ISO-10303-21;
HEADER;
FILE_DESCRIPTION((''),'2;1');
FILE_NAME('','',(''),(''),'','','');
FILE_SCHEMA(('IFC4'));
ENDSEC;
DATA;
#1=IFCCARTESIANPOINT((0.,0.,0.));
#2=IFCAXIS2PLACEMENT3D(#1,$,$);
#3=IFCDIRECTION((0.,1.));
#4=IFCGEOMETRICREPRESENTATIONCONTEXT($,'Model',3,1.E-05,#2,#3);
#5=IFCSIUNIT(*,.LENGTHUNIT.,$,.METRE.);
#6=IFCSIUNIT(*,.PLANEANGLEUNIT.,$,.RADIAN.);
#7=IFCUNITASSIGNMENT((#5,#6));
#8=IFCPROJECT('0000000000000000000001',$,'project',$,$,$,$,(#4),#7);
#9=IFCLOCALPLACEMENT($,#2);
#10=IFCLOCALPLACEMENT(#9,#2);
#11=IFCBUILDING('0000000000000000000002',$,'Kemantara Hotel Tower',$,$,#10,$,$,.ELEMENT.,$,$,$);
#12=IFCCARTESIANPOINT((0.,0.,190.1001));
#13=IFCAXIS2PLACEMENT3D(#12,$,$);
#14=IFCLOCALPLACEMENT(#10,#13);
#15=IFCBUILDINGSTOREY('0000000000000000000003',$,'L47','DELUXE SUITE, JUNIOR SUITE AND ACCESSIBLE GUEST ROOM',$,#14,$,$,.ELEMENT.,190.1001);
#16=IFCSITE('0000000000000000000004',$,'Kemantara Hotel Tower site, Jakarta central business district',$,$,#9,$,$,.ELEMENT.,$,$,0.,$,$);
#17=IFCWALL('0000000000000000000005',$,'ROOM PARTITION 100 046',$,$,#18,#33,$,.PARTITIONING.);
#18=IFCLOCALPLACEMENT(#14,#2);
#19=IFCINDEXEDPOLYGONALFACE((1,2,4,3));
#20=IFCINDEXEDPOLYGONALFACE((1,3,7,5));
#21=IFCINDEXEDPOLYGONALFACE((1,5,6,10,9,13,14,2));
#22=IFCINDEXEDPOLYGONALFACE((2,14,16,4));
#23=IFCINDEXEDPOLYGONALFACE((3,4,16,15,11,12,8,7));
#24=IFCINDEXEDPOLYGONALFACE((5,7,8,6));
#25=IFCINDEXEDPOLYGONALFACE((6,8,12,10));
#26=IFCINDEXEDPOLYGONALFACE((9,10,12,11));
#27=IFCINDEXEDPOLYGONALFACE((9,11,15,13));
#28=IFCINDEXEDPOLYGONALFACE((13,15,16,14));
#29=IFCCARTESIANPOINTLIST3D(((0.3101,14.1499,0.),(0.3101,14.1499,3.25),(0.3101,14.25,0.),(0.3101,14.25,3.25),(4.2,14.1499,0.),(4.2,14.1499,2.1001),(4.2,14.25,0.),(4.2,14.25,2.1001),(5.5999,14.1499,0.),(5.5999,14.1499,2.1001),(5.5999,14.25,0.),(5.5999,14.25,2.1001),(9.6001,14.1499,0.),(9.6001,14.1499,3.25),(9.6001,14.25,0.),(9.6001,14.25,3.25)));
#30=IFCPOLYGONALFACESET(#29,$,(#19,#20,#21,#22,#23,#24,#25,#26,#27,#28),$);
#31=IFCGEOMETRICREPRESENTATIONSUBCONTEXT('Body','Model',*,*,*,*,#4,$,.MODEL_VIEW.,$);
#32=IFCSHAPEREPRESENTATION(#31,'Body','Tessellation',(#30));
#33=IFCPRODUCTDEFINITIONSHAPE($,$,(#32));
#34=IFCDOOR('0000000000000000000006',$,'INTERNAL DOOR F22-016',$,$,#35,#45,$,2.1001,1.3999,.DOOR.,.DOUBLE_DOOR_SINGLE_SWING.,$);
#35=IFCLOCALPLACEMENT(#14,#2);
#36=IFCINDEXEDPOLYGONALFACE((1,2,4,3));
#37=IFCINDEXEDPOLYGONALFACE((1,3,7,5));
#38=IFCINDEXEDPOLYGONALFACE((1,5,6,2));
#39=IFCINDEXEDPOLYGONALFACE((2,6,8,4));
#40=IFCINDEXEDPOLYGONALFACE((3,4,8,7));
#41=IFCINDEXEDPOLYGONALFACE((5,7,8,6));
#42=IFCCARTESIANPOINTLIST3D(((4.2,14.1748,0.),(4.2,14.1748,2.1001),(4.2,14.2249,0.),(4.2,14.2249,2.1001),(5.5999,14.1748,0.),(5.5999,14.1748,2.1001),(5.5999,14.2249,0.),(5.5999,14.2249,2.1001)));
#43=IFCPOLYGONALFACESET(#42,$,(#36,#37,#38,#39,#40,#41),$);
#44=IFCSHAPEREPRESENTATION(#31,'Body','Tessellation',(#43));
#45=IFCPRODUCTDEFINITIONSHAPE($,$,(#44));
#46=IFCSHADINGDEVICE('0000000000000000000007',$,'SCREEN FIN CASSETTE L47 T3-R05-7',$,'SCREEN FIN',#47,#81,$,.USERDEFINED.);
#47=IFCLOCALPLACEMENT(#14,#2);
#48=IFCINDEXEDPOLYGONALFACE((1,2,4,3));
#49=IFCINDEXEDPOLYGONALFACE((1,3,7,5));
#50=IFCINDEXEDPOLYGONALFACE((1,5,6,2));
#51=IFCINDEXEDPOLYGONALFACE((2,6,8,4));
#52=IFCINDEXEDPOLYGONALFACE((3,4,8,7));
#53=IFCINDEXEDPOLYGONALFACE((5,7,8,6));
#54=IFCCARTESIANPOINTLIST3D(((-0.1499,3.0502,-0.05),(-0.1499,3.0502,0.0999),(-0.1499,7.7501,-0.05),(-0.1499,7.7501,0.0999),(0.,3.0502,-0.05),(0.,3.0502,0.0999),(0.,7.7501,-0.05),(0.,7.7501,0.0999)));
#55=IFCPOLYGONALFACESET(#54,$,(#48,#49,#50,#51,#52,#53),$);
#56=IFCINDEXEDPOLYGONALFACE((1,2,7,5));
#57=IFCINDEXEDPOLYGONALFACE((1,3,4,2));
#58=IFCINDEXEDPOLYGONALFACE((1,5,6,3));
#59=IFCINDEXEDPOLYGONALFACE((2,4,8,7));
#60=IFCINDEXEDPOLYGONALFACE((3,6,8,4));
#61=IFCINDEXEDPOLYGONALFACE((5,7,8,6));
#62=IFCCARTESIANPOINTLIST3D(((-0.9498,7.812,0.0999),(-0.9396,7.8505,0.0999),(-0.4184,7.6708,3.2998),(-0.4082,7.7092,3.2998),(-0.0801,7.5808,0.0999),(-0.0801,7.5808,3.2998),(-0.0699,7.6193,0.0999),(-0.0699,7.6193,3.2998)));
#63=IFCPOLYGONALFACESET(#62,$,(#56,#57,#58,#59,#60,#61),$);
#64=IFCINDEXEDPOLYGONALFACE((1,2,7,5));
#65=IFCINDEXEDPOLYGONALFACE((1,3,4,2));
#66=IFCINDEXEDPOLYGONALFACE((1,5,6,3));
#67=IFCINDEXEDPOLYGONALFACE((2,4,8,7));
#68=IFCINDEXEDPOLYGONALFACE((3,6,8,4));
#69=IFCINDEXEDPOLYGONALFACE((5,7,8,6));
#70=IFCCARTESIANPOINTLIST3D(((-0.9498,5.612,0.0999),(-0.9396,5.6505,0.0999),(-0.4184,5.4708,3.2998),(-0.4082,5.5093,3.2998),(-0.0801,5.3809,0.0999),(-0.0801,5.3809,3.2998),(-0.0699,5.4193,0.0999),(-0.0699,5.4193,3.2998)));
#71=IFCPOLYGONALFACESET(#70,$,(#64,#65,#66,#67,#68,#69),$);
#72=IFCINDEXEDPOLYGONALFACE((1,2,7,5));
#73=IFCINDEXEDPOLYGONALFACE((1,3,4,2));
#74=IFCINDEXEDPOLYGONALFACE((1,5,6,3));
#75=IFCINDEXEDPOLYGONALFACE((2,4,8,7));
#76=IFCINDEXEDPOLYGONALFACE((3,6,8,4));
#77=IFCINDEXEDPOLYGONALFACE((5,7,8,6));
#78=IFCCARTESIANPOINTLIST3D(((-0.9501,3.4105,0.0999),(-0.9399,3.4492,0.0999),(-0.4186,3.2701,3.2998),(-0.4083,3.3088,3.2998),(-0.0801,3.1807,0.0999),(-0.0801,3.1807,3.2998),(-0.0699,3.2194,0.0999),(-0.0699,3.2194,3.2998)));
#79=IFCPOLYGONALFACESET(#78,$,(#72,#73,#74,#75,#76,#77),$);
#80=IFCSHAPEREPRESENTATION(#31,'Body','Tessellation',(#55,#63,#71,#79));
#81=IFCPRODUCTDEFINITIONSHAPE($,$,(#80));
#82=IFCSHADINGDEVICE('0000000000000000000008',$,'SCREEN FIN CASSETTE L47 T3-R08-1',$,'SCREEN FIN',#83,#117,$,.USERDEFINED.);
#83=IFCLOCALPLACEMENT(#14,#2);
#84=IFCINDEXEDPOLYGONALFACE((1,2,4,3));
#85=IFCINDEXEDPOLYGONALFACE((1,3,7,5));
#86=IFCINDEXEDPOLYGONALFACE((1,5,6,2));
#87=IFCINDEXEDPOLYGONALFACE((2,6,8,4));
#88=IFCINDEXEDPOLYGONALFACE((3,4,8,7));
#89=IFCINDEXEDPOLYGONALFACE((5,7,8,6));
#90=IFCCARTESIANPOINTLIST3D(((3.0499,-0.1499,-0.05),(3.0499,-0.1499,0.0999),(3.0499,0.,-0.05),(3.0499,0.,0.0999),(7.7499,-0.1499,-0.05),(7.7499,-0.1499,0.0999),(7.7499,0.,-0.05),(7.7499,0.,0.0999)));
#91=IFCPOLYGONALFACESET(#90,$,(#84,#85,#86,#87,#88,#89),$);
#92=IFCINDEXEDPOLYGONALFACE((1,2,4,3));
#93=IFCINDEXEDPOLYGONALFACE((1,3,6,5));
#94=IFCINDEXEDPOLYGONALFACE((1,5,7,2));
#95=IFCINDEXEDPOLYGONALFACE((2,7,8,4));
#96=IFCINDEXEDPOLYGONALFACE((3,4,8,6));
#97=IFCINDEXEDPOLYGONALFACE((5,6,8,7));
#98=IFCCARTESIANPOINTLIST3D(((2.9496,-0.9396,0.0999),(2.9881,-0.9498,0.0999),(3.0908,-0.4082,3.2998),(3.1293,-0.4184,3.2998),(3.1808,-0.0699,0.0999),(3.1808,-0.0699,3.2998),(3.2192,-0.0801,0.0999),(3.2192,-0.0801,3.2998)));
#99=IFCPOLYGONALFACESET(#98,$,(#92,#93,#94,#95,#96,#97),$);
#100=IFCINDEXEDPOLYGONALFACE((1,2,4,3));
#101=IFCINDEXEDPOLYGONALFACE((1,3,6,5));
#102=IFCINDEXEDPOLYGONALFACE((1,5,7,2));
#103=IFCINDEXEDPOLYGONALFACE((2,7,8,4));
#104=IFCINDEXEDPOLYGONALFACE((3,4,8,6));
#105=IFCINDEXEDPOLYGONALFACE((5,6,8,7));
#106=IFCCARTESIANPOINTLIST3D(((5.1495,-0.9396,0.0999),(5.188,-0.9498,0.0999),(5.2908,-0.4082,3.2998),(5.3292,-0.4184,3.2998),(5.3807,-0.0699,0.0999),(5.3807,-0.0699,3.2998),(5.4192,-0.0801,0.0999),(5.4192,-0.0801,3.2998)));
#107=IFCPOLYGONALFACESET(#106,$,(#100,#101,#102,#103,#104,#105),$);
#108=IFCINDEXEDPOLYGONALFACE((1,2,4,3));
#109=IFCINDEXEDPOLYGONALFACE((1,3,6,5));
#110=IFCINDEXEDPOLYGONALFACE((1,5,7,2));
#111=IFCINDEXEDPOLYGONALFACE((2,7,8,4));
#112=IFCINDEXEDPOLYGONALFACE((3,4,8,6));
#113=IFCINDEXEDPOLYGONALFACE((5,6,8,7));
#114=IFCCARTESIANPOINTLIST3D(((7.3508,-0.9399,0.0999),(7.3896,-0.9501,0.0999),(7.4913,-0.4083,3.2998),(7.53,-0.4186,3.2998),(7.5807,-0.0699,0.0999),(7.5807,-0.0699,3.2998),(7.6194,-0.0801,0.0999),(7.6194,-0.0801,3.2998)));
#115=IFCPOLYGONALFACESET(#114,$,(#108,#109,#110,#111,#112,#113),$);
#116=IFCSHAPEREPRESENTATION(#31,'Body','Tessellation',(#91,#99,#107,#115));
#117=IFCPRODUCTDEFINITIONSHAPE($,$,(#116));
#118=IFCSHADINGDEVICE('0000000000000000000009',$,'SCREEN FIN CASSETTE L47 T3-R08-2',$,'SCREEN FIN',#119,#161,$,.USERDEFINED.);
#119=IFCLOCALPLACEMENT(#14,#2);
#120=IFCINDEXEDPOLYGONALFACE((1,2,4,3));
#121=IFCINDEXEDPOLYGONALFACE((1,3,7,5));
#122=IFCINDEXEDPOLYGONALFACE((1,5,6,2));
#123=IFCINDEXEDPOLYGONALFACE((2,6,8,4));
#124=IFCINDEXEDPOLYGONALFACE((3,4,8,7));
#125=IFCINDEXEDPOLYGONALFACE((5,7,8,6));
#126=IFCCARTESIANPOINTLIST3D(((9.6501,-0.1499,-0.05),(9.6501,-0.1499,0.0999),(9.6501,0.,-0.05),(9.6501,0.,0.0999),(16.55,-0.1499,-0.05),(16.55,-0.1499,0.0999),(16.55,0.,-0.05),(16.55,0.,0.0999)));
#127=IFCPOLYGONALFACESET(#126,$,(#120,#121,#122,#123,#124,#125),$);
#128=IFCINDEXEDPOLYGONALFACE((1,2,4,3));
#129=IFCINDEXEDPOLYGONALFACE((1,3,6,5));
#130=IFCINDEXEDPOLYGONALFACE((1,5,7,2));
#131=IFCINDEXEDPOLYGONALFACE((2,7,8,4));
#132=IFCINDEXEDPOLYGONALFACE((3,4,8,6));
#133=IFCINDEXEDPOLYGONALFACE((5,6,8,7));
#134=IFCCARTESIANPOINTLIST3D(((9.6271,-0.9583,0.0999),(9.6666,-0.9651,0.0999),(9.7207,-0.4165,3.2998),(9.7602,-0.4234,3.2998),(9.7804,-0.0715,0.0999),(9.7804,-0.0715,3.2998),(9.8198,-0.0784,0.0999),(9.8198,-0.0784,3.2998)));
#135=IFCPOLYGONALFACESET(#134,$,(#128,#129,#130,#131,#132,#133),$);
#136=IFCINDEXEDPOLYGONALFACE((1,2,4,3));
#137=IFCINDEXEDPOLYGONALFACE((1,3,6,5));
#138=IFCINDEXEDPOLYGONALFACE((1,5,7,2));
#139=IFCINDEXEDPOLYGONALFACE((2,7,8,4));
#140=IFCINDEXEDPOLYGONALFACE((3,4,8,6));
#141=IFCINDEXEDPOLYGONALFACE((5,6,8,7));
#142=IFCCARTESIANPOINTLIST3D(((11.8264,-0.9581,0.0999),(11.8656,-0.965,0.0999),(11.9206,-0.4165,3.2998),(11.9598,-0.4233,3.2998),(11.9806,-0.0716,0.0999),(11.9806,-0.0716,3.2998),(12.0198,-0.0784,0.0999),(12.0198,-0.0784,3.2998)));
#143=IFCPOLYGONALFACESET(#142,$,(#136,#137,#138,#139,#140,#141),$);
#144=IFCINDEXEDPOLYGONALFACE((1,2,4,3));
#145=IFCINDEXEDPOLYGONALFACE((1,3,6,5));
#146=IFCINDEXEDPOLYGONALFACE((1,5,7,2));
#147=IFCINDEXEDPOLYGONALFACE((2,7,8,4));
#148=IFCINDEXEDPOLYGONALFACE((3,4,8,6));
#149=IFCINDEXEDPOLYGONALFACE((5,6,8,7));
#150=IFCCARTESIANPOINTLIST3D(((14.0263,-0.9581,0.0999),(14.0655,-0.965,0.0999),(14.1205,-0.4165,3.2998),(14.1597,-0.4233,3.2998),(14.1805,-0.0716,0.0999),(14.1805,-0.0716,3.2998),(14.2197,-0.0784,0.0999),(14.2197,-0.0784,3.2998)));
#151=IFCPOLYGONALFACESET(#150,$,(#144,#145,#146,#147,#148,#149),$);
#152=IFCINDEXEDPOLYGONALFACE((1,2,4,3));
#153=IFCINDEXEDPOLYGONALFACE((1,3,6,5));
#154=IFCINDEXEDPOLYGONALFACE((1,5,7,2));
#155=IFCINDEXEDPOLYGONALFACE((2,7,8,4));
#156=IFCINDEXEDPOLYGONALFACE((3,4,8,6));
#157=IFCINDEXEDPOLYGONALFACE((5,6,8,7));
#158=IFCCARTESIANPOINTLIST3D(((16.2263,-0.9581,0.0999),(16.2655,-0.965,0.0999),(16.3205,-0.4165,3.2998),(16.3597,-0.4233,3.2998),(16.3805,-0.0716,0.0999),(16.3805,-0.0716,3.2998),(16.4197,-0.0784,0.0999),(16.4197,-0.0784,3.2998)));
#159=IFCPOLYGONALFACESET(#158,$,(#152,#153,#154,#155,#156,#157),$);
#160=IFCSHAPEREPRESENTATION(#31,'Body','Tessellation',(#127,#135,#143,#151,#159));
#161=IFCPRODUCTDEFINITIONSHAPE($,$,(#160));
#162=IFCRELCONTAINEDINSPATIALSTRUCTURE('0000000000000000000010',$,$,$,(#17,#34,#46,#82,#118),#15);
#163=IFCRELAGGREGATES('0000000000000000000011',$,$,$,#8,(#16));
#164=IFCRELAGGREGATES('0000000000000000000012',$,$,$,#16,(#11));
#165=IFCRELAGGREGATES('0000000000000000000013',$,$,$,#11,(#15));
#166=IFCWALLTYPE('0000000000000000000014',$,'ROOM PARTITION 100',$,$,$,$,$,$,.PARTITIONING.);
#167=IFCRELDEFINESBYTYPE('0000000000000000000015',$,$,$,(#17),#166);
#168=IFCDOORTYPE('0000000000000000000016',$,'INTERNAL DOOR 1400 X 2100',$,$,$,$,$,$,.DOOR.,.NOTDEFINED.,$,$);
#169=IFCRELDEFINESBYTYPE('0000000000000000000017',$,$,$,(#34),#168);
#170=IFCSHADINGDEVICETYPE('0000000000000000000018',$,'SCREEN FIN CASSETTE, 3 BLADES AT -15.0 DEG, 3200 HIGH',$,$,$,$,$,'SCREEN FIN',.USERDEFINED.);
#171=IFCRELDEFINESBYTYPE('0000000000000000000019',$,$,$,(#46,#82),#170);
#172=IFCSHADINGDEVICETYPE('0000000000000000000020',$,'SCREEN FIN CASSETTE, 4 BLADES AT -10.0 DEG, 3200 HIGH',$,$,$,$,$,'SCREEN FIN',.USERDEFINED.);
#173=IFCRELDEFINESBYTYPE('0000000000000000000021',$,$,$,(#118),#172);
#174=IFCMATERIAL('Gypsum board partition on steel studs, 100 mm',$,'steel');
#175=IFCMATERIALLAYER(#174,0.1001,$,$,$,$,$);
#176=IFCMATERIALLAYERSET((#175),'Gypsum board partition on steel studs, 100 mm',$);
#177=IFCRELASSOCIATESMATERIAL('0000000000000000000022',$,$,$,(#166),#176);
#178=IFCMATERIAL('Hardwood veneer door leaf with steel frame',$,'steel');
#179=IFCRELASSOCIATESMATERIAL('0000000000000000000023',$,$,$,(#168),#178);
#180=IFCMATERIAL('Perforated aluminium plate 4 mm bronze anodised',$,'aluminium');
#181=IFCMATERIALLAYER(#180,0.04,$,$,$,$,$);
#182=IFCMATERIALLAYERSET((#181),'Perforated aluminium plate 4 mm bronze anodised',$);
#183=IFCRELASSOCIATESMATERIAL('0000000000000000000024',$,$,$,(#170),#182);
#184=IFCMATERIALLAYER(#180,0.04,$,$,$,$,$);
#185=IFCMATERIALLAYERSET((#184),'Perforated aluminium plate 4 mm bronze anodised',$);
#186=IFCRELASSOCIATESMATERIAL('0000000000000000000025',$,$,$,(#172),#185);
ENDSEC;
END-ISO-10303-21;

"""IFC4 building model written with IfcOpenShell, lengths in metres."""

from ifc_helpers import new_model, si_unit, direction, frame, frame_2d, origin, origin_2d, place, context, subcontext, project, spatial, polyline, rectangle, outline, extrude, source, transform, mapped, material, layer, layer_set, type_object, element, fill, save


model = new_model("IFC4")

# Units and contexts
model_context = context("Model", 3, precision=1e-05, world=origin(), true_north=direction((0.0, 1.0)))
body_context = subcontext(model_context, "Body", "Model", "MODEL_VIEW")
ifc_project = project(units=[si_unit("LENGTHUNIT", "METRE"), si_unit("PLANEANGLEUNIT", "RADIAN")], contexts=[model_context])

# Site, building, storey
site_placement = place(None, origin())
site = spatial("IfcSite", under=ifc_project, at=site_placement, Name="Kemantara Hotel Tower site, Jakarta central business district", CompositionType="ELEMENT", RefElevation=0.0)
building_placement = place(site_placement, origin())
building = spatial("IfcBuilding", under=site, at=building_placement, Name="Kemantara Hotel Tower", CompositionType="ELEMENT")
storey_placement = place(building_placement, frame((0.0, 0.0, 190.1001)))
storey = spatial("IfcBuildingStorey", under=building, at=storey_placement, Name="L47", Description="DELUXE SUITE, JUNIOR SUITE AND ACCESSIBLE GUEST ROOM", CompositionType="ELEMENT", Elevation=190.1001)

# Wall, opening, door
ifc_material_1 = material(Name="Hardwood veneer door leaf with steel frame", Category="steel")
ifc_material_2 = material(Name="Gypsum board partition on steel studs, 100 mm", Category="steel")
ifc_layer_1 = layer(ifc_material_2, 0.1001)
ifc_layer_set_1 = layer_set([ifc_layer_1], Name="Gypsum board partition on steel studs, 100 mm")
wall_type_1 = type_object("IfcWallType", Name="ROOM PARTITION 100", PredefinedType="PARTITIONING", material=ifc_layer_set_1)
wall_1_placement = place(storey_placement, frame((0.3101, 14.2, 0.0), z_axis=(0.0, 0.0, 1.0), x_axis=(1.0, 0.0, 0.0)))
wall_1 = element("IfcWall", 1, at=wall_1_placement, inside=storey, type_object=wall_type_1, Name="ROOM PARTITION 100 046", PredefinedType="PARTITIONING", context=body_context, shape_type="SweptSolid", body=[
    extrude(rectangle(XDim=9.29, YDim=0.1001, at=frame_2d((4.645, 0.0))), origin(), (0.0, 0.0, 1.0), 3.25),
])
opening_1_placement = place(wall_1_placement, frame((3.8899, 0.0, 0.0)))
opening_1 = element("IfcOpeningElement", 2, at=opening_1_placement, cuts=wall_1, PredefinedType="OPENING", context=body_context, shape_type="SweptSolid", body=[
    extrude(rectangle(XDim=1.3999, YDim=2.1001, at=frame_2d((0.7, 1.05))), frame((0.0, 0.0601, 0.0), z_axis=(0.0, -1.0, 0.0), x_axis=(1.0, 0.0, 0.0)), (0.0, 0.0, 1.0), 0.1201),
])
door_type_1 = type_object("IfcDoorType", Name="INTERNAL DOOR 1400 X 2100", OperationType="NOTDEFINED", PredefinedType="DOOR", material=ifc_material_1)
door_1_placement = place(opening_1_placement, origin())
door_1 = element("IfcDoor", 3, at=door_1_placement, inside=storey, type_object=door_type_1, Name="INTERNAL DOOR F22-016", OperationType="DOUBLE_DOOR_SINGLE_SWING", OverallHeight=2.1001, OverallWidth=1.3999, PredefinedType="DOOR", context=body_context, shape_type="SweptSolid", body=[
    extrude(rectangle(XDim=1.3999, YDim=2.1001, at=frame_2d((0.7, 1.05))), frame((0.0, 0.0249, 0.0), z_axis=(0.0, -1.0, 0.0), x_axis=(1.0, 0.0, 0.0)), (0.0, 0.0, 1.0), 0.05),
])
fill(opening_1, door_1)

# Shading devices
ifc_material_3 = material(Name="Perforated aluminium plate 4 mm bronze anodised", Category="aluminium")
ifc_layer_2 = layer(ifc_material_3, 0.04)
ifc_layer_set_2 = layer_set([ifc_layer_2], Name="Perforated aluminium plate 4 mm bronze anodised")
shading_device_type_1 = type_object("IfcShadingDeviceType", Name="SCREEN FIN CASSETTE, 3 BLADES AT -15.0 DEG, 3200 HIGH", ElementType="SCREEN FIN", PredefinedType="USERDEFINED", material=ifc_layer_set_2)
shared_shape_1 = source(origin(), body_context, "Body", "SweptSolid", [
    extrude(rectangle(XDim=4.7, YDim=0.1499, at=origin_2d()), frame((2.2, -0.075, -0.1499), z_axis=(0.0, 0.0, 1.0), x_axis=(1.0, 0.0, 0.0)), (0.0, 0.0, 1.0), 0.1499),
    extrude(outline(polyline([(0.0, 0.0), (0.8999, 0.0), (0.3501, 3.2), (0.0, 3.2), (0.0, 0.0)])), frame((0.0193, -0.0801, 0.0), z_axis=(-0.966438, 0.256901, 0.0), x_axis=(-0.256901, -0.966438, 0.0)), (0.0, 0.0, 1.0), 0.0398),
    extrude(outline(polyline([(0.0, 0.0), (0.8999, 0.0), (0.3501, 3.2), (0.0, 3.2), (0.0, 0.0)])), frame((2.2192, -0.0801, 0.0), z_axis=(-0.966438, 0.256901, 0.0), x_axis=(-0.256901, -0.966438, 0.0)), (0.0, 0.0, 1.0), 0.0398),
    extrude(outline(polyline([(0.0, 0.0), (0.8999, 0.0), (0.3501, 3.2), (0.0, 3.2), (0.0, 0.0)])), frame((4.4194, -0.0801, 0.0), z_axis=(-0.966838, 0.255391, 0.0), x_axis=(-0.255391, -0.966838, 0.0)), (0.0, 0.0, 1.0), 0.04),
])
for number, where, z_axis, x_axis, name in (
    (4, (0.0, 7.6001, 0.0999), (0.0, 0.0, 1.0), (0.0, -1.0, 0.0), "SCREEN FIN CASSETTE L47 T3-R05-7"),
    (5, (3.2, 0.0, 0.0999), (0.0, 0.0, 1.0), (1.0, 0.0, 0.0), "SCREEN FIN CASSETTE L47 T3-R08-1"),
):
    element("IfcShadingDevice", number, at=place(storey_placement, frame(where, z_axis=z_axis, x_axis=x_axis)), inside=storey, type_object=shading_device_type_1, Name=name, ObjectType="SCREEN FIN", PredefinedType="USERDEFINED", context=body_context, shape_type="MappedRepresentation", body=[
        mapped(shared_shape_1, transform((0.0, 0.0, 0.0))),
    ])
ifc_layer_3 = layer(ifc_material_3, 0.04)
ifc_layer_set_3 = layer_set([ifc_layer_3], Name="Perforated aluminium plate 4 mm bronze anodised")
shading_device_type_2 = type_object("IfcShadingDeviceType", Name="SCREEN FIN CASSETTE, 4 BLADES AT -10.0 DEG, 3200 HIGH", ElementType="SCREEN FIN", PredefinedType="USERDEFINED", material=ifc_layer_set_3)
shared_shape_2 = source(origin(), body_context, "Body", "SweptSolid", [
    extrude(rectangle(XDim=6.8999, YDim=0.1499, at=origin_2d()), frame((3.3, -0.075, -0.1499), z_axis=(0.0, 0.0, 1.0), x_axis=(1.0, 0.0, 0.0)), (0.0, 0.0, 1.0), 0.1499),
    extrude(outline(polyline([(0.0, 0.0), (0.8999, 0.0), (0.3501, 3.2), (0.0, 3.2), (0.0, 0.0)])), frame((0.0198, -0.0784, 0.0), z_axis=(-0.98539, 0.170314, 0.0), x_axis=(-0.170314, -0.98539, 0.0)), (0.0, 0.0, 1.0), 0.04),
    extrude(outline(polyline([(0.0, 0.0), (0.8999, 0.0), (0.3501, 3.2), (0.0, 3.2), (0.0, 0.0)])), frame((2.2197, -0.0784, 0.0), z_axis=(-0.985212, 0.171341, 0.0), x_axis=(-0.171341, -0.985212, 0.0)), (0.0, 0.0, 1.0), 0.0398),
    extrude(outline(polyline([(0.0, 0.0), (0.8999, 0.0), (0.3501, 3.2), (0.0, 3.2), (0.0, 0.0)])), frame((4.4197, -0.0784, 0.0), z_axis=(-0.985212, 0.171341, 0.0), x_axis=(-0.171341, -0.985212, 0.0)), (0.0, 0.0, 1.0), 0.0398),
    extrude(outline(polyline([(0.0, 0.0), (0.8999, 0.0), (0.3501, 3.2), (0.0, 3.2), (0.0, 0.0)])), frame((6.6196, -0.0784, 0.0), z_axis=(-0.985212, 0.171341, 0.0), x_axis=(-0.171341, -0.985212, 0.0)), (0.0, 0.0, 1.0), 0.0398),
])
shading_device_placement = place(storey_placement, frame((9.8, 0.0, 0.0999), z_axis=(0.0, 0.0, 1.0), x_axis=(1.0, 0.0, 0.0)))
element("IfcShadingDevice", 6, at=shading_device_placement, inside=storey, type_object=shading_device_type_2, Name="SCREEN FIN CASSETTE L47 T3-R08-2", ObjectType="SCREEN FIN", PredefinedType="USERDEFINED", context=body_context, shape_type="MappedRepresentation", body=[
    mapped(shared_shape_2, transform((0.0, 0.0, 0.0))),
])

save(model, "model.ifc")
